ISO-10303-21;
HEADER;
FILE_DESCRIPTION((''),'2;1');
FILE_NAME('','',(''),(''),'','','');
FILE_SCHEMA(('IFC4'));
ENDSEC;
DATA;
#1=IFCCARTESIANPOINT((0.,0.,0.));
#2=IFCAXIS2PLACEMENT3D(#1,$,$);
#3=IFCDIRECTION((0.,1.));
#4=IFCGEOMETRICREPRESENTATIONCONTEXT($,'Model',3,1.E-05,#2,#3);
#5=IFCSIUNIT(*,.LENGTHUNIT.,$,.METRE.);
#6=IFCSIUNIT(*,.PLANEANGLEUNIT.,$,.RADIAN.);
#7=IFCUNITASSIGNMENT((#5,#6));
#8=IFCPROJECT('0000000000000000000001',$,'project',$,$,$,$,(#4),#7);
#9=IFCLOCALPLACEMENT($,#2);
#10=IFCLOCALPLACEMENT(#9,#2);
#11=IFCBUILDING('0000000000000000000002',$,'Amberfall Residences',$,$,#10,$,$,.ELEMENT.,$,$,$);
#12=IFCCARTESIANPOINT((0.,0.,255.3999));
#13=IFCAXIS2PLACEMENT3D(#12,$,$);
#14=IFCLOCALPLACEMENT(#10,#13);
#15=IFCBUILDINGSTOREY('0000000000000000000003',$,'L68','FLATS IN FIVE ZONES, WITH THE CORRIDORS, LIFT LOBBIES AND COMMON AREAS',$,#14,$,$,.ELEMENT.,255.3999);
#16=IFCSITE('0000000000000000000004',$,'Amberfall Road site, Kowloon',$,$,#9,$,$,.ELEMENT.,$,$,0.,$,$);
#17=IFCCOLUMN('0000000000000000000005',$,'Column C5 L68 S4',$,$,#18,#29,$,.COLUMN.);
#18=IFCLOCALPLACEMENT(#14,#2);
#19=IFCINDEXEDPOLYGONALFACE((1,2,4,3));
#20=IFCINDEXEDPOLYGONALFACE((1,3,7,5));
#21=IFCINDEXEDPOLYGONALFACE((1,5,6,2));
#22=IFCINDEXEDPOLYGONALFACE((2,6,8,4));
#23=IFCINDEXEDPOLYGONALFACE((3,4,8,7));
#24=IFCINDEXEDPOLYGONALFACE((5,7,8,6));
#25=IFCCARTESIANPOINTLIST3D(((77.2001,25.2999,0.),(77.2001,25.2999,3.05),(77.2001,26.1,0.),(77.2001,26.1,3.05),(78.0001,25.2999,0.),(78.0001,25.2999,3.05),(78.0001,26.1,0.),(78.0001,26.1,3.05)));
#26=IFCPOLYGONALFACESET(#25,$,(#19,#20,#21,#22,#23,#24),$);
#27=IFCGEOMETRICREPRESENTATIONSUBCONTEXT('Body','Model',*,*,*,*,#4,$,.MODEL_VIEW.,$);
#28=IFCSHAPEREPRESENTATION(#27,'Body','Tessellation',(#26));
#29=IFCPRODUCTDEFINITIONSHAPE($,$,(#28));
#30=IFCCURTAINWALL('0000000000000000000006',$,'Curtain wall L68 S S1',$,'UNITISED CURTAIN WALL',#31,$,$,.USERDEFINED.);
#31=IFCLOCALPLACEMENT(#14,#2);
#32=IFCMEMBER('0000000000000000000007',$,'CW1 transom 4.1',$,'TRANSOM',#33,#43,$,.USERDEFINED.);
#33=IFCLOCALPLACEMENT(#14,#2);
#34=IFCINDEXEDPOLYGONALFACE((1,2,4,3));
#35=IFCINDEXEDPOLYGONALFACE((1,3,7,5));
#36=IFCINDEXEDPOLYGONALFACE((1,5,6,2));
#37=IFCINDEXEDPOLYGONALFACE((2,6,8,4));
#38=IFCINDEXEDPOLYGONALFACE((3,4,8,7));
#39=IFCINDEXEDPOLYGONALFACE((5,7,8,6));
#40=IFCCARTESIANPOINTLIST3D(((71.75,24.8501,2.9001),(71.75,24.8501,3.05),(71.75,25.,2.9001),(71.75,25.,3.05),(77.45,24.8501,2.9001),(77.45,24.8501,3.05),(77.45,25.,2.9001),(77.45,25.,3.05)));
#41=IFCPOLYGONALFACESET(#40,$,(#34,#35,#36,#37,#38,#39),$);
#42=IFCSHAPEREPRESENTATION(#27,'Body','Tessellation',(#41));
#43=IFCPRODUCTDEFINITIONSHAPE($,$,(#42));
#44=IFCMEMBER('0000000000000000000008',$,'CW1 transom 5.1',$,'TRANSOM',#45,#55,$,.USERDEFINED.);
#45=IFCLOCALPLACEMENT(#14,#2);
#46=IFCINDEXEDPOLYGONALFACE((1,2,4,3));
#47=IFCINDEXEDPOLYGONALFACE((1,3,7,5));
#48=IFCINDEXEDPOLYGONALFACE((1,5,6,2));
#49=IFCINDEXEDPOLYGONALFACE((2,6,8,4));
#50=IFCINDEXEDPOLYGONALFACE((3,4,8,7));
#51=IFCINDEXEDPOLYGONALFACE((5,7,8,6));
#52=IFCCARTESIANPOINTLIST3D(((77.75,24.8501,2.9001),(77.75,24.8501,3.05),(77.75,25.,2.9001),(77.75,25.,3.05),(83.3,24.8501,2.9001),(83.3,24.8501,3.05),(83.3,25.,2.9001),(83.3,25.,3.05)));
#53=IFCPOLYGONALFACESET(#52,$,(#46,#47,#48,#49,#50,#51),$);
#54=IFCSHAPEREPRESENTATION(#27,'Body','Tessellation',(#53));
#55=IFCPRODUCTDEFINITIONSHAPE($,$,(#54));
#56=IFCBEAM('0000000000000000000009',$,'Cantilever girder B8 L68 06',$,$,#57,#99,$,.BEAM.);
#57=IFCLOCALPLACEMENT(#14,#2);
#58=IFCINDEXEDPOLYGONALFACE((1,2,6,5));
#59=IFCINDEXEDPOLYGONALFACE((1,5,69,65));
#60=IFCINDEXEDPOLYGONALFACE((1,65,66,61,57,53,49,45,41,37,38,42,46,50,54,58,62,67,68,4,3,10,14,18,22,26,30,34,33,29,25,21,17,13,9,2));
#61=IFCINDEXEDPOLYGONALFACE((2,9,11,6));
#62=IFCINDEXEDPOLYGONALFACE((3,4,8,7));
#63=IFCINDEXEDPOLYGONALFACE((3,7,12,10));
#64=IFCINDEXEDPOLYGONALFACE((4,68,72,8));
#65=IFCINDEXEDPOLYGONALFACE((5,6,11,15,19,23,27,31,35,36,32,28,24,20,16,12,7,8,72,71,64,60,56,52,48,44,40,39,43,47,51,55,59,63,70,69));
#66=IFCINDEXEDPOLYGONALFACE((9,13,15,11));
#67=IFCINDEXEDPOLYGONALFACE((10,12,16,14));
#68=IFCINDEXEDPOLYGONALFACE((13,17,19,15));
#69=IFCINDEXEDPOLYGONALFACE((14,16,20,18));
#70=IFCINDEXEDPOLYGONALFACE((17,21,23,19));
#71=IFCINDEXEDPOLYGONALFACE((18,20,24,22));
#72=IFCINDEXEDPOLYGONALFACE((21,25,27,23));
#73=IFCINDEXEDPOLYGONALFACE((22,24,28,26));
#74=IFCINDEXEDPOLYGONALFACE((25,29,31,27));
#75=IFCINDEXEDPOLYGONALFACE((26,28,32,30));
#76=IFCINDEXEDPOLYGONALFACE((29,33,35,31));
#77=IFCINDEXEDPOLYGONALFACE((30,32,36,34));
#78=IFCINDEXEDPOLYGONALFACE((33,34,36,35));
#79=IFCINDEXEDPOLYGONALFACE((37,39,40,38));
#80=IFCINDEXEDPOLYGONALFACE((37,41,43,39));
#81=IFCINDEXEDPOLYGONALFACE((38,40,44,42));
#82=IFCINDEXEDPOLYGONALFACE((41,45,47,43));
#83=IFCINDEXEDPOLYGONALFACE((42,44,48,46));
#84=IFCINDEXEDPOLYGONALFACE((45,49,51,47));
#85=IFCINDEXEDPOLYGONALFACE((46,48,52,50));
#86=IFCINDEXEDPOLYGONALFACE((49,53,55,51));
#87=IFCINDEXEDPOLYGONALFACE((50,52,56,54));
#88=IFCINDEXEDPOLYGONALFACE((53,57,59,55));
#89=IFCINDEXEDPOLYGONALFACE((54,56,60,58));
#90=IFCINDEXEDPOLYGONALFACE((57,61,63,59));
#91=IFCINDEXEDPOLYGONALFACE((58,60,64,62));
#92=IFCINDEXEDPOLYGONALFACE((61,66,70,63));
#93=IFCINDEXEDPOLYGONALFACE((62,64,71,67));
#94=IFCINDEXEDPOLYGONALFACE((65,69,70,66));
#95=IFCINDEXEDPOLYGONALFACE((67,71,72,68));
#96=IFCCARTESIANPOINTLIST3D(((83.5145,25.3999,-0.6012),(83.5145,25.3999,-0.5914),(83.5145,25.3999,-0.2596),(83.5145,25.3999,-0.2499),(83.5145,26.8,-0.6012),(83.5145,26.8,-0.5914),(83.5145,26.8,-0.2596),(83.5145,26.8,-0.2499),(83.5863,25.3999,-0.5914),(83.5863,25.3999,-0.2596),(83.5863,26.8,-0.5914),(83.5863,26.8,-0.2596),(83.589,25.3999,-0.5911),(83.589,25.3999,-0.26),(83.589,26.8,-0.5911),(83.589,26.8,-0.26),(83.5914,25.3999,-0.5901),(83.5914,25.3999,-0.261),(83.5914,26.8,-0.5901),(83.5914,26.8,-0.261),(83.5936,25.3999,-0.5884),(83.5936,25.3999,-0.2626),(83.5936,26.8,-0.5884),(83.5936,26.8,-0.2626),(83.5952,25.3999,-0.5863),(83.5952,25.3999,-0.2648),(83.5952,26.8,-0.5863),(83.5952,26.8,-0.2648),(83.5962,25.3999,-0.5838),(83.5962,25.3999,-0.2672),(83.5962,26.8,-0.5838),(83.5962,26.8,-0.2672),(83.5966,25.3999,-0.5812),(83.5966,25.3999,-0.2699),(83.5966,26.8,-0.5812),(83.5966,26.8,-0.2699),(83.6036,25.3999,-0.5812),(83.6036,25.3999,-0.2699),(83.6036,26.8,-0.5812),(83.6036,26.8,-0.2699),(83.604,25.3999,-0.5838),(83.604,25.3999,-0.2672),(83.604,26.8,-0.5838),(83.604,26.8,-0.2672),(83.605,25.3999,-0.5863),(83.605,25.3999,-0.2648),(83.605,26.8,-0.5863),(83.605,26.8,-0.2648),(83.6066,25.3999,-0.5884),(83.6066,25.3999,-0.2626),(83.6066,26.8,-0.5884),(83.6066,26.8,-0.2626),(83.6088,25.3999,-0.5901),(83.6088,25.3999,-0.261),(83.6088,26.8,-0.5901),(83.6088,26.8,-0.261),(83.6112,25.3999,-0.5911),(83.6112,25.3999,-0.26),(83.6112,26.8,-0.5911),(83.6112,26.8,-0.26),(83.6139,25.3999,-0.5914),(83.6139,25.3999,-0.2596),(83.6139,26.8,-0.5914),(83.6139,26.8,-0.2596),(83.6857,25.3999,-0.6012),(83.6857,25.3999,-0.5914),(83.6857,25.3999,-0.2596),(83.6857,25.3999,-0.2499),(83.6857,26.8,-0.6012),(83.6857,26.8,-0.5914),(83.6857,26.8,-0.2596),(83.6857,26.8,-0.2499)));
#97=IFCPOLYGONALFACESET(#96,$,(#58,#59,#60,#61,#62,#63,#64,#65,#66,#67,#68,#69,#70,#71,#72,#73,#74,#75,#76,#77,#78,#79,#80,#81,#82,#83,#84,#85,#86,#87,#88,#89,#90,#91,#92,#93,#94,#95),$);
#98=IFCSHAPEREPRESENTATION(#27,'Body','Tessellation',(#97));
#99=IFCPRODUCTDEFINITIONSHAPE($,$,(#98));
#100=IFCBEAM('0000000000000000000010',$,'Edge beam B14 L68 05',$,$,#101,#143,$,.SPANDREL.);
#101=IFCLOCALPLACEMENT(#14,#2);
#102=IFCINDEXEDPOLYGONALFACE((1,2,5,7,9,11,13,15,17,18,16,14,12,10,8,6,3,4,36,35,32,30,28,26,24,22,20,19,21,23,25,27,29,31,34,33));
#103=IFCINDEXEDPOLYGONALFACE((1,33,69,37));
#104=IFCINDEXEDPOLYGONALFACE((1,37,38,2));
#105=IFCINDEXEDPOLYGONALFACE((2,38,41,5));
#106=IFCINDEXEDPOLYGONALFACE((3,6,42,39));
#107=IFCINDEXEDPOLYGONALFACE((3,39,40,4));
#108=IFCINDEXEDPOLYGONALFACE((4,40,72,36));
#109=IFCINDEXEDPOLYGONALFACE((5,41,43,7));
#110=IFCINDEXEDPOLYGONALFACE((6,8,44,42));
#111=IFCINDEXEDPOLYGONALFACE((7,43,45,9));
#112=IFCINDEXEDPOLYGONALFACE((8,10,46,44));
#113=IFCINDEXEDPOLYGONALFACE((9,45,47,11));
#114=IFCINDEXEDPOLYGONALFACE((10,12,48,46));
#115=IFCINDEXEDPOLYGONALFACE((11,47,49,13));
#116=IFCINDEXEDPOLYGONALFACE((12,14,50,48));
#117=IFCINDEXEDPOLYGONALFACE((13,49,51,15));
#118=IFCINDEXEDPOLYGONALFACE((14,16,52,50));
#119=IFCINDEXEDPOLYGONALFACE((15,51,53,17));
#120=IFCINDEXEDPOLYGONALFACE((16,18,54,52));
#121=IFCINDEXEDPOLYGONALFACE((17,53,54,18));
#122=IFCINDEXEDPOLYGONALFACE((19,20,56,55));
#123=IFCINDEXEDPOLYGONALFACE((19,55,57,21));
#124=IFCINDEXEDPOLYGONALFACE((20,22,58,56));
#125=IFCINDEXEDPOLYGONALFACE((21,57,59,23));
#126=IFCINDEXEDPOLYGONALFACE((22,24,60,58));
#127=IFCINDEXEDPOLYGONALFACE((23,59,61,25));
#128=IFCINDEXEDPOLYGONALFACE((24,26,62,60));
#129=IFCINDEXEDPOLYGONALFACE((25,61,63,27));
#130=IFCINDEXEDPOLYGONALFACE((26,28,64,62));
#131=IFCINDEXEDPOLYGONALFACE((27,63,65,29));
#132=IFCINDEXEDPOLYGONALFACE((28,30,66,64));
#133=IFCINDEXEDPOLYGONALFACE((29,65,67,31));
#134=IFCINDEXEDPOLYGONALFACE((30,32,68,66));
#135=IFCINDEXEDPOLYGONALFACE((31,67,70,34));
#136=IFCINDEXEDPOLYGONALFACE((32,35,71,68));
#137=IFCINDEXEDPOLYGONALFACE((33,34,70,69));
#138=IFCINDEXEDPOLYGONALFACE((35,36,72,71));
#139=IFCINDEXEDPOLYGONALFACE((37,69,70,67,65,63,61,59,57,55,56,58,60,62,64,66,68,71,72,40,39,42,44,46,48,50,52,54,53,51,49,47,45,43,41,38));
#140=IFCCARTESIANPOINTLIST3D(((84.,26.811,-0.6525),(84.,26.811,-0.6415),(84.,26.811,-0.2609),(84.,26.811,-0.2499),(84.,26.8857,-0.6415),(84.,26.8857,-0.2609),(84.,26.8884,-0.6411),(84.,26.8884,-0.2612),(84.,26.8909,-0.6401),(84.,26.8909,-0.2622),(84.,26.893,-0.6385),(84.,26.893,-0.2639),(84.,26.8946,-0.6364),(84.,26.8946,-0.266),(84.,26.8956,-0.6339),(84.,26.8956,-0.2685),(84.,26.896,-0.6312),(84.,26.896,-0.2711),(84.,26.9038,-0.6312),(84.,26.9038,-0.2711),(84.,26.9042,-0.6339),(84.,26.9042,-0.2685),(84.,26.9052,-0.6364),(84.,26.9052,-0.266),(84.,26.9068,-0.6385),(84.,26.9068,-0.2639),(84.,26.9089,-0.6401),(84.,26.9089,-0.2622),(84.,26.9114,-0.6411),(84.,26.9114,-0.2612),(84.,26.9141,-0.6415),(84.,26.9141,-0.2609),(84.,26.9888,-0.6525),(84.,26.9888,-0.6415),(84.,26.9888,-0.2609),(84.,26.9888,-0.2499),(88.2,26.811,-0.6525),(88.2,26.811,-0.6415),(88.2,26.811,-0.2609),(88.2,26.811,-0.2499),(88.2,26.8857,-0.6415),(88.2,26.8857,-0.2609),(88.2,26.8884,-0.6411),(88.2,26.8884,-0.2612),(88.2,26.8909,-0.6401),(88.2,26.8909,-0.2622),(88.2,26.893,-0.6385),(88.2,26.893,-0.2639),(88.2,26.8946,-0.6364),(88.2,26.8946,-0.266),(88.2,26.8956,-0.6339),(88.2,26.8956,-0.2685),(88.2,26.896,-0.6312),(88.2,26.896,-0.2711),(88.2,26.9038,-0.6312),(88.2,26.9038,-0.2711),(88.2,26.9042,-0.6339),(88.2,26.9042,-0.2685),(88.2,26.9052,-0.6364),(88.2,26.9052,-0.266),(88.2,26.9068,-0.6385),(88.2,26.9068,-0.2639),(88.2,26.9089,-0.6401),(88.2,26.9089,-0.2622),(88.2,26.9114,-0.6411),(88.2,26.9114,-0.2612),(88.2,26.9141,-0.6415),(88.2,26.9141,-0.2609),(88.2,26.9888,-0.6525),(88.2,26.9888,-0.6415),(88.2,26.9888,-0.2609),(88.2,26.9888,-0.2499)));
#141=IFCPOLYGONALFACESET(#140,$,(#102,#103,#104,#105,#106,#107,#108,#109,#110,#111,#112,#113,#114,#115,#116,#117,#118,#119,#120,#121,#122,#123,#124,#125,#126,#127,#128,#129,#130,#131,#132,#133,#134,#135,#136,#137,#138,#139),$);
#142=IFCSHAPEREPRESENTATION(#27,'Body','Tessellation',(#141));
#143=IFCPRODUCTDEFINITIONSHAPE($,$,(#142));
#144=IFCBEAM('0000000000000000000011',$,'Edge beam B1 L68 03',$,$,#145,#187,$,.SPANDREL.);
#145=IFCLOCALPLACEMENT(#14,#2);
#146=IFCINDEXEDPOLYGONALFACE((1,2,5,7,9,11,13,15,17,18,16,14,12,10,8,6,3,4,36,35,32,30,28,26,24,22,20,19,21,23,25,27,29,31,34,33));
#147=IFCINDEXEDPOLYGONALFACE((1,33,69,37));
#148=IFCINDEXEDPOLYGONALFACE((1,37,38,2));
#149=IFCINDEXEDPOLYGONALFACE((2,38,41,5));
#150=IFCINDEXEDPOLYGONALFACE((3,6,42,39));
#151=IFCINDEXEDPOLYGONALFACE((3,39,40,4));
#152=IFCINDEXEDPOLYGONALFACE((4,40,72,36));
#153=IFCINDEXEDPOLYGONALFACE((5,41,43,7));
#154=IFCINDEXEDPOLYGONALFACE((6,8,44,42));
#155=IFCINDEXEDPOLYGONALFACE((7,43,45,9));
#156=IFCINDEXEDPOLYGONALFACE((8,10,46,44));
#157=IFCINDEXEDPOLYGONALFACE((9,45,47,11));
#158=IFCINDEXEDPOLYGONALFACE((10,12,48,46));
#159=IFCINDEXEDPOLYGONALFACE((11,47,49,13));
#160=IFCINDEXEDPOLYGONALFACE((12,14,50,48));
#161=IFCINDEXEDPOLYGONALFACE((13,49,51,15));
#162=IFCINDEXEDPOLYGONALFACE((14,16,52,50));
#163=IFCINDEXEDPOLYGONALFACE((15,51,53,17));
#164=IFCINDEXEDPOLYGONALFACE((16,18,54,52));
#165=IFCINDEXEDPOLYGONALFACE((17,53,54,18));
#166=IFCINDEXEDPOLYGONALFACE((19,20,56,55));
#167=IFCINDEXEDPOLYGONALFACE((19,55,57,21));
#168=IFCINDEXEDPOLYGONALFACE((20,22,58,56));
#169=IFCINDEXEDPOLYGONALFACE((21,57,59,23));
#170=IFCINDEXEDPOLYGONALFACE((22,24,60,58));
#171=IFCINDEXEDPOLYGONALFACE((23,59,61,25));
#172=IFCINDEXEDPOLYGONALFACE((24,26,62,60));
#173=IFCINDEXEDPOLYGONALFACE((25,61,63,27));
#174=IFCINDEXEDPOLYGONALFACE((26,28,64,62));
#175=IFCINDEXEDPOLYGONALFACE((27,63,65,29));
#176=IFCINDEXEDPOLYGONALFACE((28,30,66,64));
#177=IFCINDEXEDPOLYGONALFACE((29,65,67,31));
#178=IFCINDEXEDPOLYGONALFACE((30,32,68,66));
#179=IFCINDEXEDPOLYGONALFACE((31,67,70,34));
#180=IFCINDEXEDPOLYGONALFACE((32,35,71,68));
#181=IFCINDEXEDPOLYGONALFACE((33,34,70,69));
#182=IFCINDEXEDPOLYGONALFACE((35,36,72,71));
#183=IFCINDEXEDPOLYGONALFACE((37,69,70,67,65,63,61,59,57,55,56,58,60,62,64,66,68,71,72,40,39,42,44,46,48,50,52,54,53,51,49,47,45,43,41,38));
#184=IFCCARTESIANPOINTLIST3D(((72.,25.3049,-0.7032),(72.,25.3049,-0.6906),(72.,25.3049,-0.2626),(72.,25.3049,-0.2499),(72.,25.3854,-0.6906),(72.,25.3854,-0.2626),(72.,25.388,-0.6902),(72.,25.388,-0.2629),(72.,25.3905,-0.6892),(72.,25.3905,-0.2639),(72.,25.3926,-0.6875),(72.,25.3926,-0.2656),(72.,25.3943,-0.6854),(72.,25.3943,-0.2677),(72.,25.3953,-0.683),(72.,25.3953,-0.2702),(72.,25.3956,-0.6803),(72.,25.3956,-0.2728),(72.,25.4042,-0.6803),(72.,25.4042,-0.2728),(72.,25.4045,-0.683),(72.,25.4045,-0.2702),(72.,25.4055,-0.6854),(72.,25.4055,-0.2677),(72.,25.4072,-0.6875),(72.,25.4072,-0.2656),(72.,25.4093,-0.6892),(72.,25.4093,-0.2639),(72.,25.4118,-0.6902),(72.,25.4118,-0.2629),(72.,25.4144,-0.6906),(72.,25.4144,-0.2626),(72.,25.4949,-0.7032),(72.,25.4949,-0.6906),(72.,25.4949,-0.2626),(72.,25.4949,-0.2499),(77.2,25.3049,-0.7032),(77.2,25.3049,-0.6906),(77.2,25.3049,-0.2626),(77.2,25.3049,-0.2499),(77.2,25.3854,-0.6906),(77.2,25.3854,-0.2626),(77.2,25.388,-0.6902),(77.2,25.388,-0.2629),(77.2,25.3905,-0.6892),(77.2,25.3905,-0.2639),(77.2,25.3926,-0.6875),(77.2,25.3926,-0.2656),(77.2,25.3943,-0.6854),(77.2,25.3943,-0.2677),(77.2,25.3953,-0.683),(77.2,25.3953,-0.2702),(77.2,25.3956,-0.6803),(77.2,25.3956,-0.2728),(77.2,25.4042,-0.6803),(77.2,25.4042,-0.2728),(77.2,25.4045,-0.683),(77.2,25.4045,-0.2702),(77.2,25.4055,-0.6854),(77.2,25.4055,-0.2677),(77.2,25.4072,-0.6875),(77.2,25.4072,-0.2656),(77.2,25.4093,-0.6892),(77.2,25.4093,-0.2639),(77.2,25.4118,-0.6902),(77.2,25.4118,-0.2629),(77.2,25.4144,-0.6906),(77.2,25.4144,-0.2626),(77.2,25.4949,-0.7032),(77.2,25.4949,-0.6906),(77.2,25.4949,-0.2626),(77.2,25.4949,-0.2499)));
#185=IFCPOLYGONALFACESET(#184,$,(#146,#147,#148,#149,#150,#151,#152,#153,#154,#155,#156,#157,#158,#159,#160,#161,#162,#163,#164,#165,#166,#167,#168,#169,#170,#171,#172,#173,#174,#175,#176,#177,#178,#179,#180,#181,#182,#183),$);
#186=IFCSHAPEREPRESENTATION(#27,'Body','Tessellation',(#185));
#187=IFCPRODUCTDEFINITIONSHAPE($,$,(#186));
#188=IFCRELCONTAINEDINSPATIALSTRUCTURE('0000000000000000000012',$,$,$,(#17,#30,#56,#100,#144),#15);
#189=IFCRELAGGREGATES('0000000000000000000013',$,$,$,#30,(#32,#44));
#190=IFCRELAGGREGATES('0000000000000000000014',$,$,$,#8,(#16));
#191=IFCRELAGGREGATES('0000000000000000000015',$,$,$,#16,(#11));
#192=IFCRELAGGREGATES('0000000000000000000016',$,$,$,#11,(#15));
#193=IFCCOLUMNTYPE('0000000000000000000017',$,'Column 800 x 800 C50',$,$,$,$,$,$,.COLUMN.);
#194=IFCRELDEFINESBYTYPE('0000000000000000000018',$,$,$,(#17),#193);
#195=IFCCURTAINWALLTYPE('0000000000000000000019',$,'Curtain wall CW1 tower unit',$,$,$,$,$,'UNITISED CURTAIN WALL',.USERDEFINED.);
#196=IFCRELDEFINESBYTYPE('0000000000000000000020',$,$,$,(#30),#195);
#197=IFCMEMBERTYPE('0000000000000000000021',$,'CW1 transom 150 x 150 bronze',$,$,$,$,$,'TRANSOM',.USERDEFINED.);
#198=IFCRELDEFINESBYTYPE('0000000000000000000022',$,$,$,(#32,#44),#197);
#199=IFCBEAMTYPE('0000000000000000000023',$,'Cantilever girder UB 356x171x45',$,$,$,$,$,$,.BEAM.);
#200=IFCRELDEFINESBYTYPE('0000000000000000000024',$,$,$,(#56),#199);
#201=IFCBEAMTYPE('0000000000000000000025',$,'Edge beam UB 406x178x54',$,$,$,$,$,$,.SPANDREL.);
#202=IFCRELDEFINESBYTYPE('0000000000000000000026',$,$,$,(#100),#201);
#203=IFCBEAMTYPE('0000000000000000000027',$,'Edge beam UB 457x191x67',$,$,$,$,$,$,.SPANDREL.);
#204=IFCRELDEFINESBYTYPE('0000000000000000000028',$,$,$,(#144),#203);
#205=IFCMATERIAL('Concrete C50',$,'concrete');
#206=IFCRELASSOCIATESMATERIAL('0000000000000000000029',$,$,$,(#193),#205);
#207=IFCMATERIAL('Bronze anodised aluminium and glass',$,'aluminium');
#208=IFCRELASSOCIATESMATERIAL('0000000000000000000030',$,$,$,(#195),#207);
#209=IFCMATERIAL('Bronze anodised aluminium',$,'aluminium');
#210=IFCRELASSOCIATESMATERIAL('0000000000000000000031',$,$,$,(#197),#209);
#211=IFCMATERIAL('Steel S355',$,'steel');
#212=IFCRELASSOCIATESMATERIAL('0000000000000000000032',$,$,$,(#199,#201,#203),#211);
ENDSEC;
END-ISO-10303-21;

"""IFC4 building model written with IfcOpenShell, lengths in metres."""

from ifc_helpers import new_model, si_unit, direction, frame, origin, origin_2d, place, context, subcontext, project, spatial, rectangle, i_section, extrude, material, material_profile, profile_set, type_object, element, aggregate, save


model = new_model("IFC4")

# Units and contexts
model_context = context("Model", 3, precision=1e-05, world=origin(), true_north=direction((0.0, 1.0)))
body_context = subcontext(model_context, "Body", "Model", "MODEL_VIEW")
ifc_project = project(units=[si_unit("LENGTHUNIT", "METRE"), si_unit("PLANEANGLEUNIT", "RADIAN")], contexts=[model_context])

# Site, building, storey
site_placement = place(None, origin())
site = spatial("IfcSite", under=ifc_project, at=site_placement, Name="Amberfall Road site, Kowloon", CompositionType="ELEMENT", RefElevation=0.0)
building_placement = place(site_placement, origin())
building = spatial("IfcBuilding", under=site, at=building_placement, Name="Amberfall Residences", CompositionType="ELEMENT")
storey_placement = place(building_placement, frame((0.0, 0.0, 255.3999)))
storey = spatial("IfcBuildingStorey", under=building, at=storey_placement, Name="L68", Description="FLATS IN FIVE ZONES, WITH THE CORRIDORS, LIFT LOBBIES AND COMMON AREAS", CompositionType="ELEMENT", Elevation=255.3999)

# Column
ifc_material_1 = material(Name="Concrete C50", Category="concrete")
ifc_material_profile_1 = material_profile(ifc_material_1, rectangle(XDim=0.8, YDim=0.8, at=origin_2d()), Name="Column 800 x 800 C50")
ifc_profile_set_1 = profile_set([ifc_material_profile_1], Name="Concrete C50")
column_type = type_object("IfcColumnType", Name="Column 800 x 800 C50", PredefinedType="COLUMN", material=ifc_profile_set_1)
column_placement = place(storey_placement, frame((77.6001, 25.7, 0.0), z_axis=(0.0, 0.0, 1.0), x_axis=(1.0, 0.0, 0.0)))
element("IfcColumn", 1, at=column_placement, inside=storey, type_object=column_type, Name="Column C5 L68 S4", PredefinedType="COLUMN", context=body_context, shape_type="SweptSolid", body=[
    extrude(rectangle(XDim=0.8, YDim=0.8, at=origin_2d()), origin(), (0.0, 0.0, 1.0), 3.05),
])

# Curtain wall, members
ifc_material_2 = material(Name="Bronze anodised aluminium and glass", Category="aluminium")
curtain_wall_type = type_object("IfcCurtainWallType", Name="Curtain wall CW1 tower unit", ElementType="UNITISED CURTAIN WALL", PredefinedType="USERDEFINED", material=ifc_material_2)
curtain_wall_placement = place(storey_placement, origin())
curtain_wall = element("IfcCurtainWall", 2, at=curtain_wall_placement, inside=storey, type_object=curtain_wall_type, Name="Curtain wall L68 S S1", ObjectType="UNITISED CURTAIN WALL", PredefinedType="USERDEFINED")
ifc_material_3 = material(Name="Bronze anodised aluminium", Category="aluminium")
ifc_material_profile_2 = material_profile(ifc_material_3, rectangle(XDim=0.1499, YDim=0.1499, at=origin_2d()), Name="CW1 transom 150 x 150 bronze")
ifc_profile_set_2 = profile_set([ifc_material_profile_2], Name="Bronze anodised aluminium")
member_type_1 = type_object("IfcMemberType", Name="CW1 transom 150 x 150 bronze", ElementType="TRANSOM", PredefinedType="USERDEFINED", material=ifc_profile_set_2)
member_1_placement = place(storey_placement, frame((71.75, 24.925, 2.9751), z_axis=(1.0, 0.0, 0.0), x_axis=(0.0, 1.0, 0.0)))
member_1 = element("IfcMember", 3, at=member_1_placement, type_object=member_type_1, Name="CW1 transom 4.1", ObjectType="TRANSOM", PredefinedType="USERDEFINED", context=body_context, shape_type="SweptSolid", body=[
    extrude(rectangle(XDim=0.1499, YDim=0.1499, at=origin_2d()), origin(), (0.0, 0.0, 1.0), 5.7),
])
member_2_placement = place(storey_placement, frame((77.75, 24.925, 2.9751), z_axis=(1.0, 0.0, 0.0), x_axis=(0.0, 1.0, 0.0)))
member_2 = element("IfcMember", 4, at=member_2_placement, type_object=member_type_1, Name="CW1 transom 5.1", ObjectType="TRANSOM", PredefinedType="USERDEFINED", context=body_context, shape_type="SweptSolid", body=[
    extrude(rectangle(XDim=0.1499, YDim=0.1499, at=origin_2d()), origin(), (0.0, 0.0, 1.0), 5.55),
])

# Beams
ifc_material_4 = material(Name="Steel S355", Category="steel")
ifc_material_profile_3 = material_profile(ifc_material_4, i_section(OverallWidth=0.1711, OverallDepth=0.3513, WebThickness=0.0071, FlangeThickness=0.0098, FilletRadius=0.0103, at=origin_2d()), Name="UB 356x171x45")
ifc_profile_set_3 = profile_set([ifc_material_profile_3], Name="Steel S355")
beam_type_1 = type_object("IfcBeamType", Name="Cantilever girder UB 356x171x45", PredefinedType="BEAM", material=ifc_profile_set_3)
beam_1_placement = place(storey_placement, frame((83.6001, 26.8, -0.4255), z_axis=(0.0, -1.0, 0.0), x_axis=(1.0, 0.0, 0.0)))
element("IfcBeam", 5, at=beam_1_placement, inside=storey, type_object=beam_type_1, Name="Cantilever girder B8 L68 06", PredefinedType="BEAM", context=body_context, shape_type="SweptSolid", body=[
    extrude(i_section(OverallWidth=0.1711, OverallDepth=0.3513, WebThickness=0.0071, FlangeThickness=0.0098, FilletRadius=0.0103, at=origin_2d()), origin(), (0.0, 0.0, 1.0), 1.4001),
])
ifc_material_profile_4 = material_profile(ifc_material_4, i_section(OverallWidth=0.1777, OverallDepth=0.4026, WebThickness=0.0078, FlangeThickness=0.011, FilletRadius=0.0103, at=origin_2d()), Name="UB 406x178x54")
ifc_profile_set_4 = profile_set([ifc_material_profile_4], Name="Steel S355")
beam_type_2 = type_object("IfcBeamType", Name="Edge beam UB 406x178x54", PredefinedType="SPANDREL", material=ifc_profile_set_4)
beam_2_placement = place(storey_placement, frame((84.0, 26.8999, -0.4512), z_axis=(1.0, 0.0, 0.0), x_axis=(0.0, 1.0, 0.0)))
element("IfcBeam", 6, at=beam_2_placement, inside=storey, type_object=beam_type_2, Name="Edge beam B14 L68 05", PredefinedType="SPANDREL", context=body_context, shape_type="SweptSolid", body=[
    extrude(i_section(OverallWidth=0.1777, OverallDepth=0.4026, WebThickness=0.0078, FlangeThickness=0.011, FilletRadius=0.0103, at=origin_2d()), origin(), (0.0, 0.0, 1.0), 4.2),
])
ifc_material_profile_5 = material_profile(ifc_material_4, i_section(OverallWidth=0.1899, OverallDepth=0.4534, WebThickness=0.0085, FlangeThickness=0.0127, FilletRadius=0.0103, at=origin_2d()), Name="UB 457x191x67")
ifc_profile_set_5 = profile_set([ifc_material_profile_5], Name="Steel S355")
beam_type_3 = type_object("IfcBeamType", Name="Edge beam UB 457x191x67", PredefinedType="SPANDREL", material=ifc_profile_set_5)
beam_3_placement = place(storey_placement, frame((72.0, 25.3999, -0.4766), z_axis=(1.0, 0.0, 0.0), x_axis=(0.0, 1.0, 0.0)))
element("IfcBeam", 7, at=beam_3_placement, inside=storey, type_object=beam_type_3, Name="Edge beam B1 L68 03", PredefinedType="SPANDREL", context=body_context, shape_type="SweptSolid", body=[
    extrude(i_section(OverallWidth=0.1899, OverallDepth=0.4534, WebThickness=0.0085, FlangeThickness=0.0127, FilletRadius=0.0103, at=origin_2d()), origin(), (0.0, 0.0, 1.0), 5.2),
])

aggregate(curtain_wall, [member_1, member_2])

save(model, "model.ifc")
